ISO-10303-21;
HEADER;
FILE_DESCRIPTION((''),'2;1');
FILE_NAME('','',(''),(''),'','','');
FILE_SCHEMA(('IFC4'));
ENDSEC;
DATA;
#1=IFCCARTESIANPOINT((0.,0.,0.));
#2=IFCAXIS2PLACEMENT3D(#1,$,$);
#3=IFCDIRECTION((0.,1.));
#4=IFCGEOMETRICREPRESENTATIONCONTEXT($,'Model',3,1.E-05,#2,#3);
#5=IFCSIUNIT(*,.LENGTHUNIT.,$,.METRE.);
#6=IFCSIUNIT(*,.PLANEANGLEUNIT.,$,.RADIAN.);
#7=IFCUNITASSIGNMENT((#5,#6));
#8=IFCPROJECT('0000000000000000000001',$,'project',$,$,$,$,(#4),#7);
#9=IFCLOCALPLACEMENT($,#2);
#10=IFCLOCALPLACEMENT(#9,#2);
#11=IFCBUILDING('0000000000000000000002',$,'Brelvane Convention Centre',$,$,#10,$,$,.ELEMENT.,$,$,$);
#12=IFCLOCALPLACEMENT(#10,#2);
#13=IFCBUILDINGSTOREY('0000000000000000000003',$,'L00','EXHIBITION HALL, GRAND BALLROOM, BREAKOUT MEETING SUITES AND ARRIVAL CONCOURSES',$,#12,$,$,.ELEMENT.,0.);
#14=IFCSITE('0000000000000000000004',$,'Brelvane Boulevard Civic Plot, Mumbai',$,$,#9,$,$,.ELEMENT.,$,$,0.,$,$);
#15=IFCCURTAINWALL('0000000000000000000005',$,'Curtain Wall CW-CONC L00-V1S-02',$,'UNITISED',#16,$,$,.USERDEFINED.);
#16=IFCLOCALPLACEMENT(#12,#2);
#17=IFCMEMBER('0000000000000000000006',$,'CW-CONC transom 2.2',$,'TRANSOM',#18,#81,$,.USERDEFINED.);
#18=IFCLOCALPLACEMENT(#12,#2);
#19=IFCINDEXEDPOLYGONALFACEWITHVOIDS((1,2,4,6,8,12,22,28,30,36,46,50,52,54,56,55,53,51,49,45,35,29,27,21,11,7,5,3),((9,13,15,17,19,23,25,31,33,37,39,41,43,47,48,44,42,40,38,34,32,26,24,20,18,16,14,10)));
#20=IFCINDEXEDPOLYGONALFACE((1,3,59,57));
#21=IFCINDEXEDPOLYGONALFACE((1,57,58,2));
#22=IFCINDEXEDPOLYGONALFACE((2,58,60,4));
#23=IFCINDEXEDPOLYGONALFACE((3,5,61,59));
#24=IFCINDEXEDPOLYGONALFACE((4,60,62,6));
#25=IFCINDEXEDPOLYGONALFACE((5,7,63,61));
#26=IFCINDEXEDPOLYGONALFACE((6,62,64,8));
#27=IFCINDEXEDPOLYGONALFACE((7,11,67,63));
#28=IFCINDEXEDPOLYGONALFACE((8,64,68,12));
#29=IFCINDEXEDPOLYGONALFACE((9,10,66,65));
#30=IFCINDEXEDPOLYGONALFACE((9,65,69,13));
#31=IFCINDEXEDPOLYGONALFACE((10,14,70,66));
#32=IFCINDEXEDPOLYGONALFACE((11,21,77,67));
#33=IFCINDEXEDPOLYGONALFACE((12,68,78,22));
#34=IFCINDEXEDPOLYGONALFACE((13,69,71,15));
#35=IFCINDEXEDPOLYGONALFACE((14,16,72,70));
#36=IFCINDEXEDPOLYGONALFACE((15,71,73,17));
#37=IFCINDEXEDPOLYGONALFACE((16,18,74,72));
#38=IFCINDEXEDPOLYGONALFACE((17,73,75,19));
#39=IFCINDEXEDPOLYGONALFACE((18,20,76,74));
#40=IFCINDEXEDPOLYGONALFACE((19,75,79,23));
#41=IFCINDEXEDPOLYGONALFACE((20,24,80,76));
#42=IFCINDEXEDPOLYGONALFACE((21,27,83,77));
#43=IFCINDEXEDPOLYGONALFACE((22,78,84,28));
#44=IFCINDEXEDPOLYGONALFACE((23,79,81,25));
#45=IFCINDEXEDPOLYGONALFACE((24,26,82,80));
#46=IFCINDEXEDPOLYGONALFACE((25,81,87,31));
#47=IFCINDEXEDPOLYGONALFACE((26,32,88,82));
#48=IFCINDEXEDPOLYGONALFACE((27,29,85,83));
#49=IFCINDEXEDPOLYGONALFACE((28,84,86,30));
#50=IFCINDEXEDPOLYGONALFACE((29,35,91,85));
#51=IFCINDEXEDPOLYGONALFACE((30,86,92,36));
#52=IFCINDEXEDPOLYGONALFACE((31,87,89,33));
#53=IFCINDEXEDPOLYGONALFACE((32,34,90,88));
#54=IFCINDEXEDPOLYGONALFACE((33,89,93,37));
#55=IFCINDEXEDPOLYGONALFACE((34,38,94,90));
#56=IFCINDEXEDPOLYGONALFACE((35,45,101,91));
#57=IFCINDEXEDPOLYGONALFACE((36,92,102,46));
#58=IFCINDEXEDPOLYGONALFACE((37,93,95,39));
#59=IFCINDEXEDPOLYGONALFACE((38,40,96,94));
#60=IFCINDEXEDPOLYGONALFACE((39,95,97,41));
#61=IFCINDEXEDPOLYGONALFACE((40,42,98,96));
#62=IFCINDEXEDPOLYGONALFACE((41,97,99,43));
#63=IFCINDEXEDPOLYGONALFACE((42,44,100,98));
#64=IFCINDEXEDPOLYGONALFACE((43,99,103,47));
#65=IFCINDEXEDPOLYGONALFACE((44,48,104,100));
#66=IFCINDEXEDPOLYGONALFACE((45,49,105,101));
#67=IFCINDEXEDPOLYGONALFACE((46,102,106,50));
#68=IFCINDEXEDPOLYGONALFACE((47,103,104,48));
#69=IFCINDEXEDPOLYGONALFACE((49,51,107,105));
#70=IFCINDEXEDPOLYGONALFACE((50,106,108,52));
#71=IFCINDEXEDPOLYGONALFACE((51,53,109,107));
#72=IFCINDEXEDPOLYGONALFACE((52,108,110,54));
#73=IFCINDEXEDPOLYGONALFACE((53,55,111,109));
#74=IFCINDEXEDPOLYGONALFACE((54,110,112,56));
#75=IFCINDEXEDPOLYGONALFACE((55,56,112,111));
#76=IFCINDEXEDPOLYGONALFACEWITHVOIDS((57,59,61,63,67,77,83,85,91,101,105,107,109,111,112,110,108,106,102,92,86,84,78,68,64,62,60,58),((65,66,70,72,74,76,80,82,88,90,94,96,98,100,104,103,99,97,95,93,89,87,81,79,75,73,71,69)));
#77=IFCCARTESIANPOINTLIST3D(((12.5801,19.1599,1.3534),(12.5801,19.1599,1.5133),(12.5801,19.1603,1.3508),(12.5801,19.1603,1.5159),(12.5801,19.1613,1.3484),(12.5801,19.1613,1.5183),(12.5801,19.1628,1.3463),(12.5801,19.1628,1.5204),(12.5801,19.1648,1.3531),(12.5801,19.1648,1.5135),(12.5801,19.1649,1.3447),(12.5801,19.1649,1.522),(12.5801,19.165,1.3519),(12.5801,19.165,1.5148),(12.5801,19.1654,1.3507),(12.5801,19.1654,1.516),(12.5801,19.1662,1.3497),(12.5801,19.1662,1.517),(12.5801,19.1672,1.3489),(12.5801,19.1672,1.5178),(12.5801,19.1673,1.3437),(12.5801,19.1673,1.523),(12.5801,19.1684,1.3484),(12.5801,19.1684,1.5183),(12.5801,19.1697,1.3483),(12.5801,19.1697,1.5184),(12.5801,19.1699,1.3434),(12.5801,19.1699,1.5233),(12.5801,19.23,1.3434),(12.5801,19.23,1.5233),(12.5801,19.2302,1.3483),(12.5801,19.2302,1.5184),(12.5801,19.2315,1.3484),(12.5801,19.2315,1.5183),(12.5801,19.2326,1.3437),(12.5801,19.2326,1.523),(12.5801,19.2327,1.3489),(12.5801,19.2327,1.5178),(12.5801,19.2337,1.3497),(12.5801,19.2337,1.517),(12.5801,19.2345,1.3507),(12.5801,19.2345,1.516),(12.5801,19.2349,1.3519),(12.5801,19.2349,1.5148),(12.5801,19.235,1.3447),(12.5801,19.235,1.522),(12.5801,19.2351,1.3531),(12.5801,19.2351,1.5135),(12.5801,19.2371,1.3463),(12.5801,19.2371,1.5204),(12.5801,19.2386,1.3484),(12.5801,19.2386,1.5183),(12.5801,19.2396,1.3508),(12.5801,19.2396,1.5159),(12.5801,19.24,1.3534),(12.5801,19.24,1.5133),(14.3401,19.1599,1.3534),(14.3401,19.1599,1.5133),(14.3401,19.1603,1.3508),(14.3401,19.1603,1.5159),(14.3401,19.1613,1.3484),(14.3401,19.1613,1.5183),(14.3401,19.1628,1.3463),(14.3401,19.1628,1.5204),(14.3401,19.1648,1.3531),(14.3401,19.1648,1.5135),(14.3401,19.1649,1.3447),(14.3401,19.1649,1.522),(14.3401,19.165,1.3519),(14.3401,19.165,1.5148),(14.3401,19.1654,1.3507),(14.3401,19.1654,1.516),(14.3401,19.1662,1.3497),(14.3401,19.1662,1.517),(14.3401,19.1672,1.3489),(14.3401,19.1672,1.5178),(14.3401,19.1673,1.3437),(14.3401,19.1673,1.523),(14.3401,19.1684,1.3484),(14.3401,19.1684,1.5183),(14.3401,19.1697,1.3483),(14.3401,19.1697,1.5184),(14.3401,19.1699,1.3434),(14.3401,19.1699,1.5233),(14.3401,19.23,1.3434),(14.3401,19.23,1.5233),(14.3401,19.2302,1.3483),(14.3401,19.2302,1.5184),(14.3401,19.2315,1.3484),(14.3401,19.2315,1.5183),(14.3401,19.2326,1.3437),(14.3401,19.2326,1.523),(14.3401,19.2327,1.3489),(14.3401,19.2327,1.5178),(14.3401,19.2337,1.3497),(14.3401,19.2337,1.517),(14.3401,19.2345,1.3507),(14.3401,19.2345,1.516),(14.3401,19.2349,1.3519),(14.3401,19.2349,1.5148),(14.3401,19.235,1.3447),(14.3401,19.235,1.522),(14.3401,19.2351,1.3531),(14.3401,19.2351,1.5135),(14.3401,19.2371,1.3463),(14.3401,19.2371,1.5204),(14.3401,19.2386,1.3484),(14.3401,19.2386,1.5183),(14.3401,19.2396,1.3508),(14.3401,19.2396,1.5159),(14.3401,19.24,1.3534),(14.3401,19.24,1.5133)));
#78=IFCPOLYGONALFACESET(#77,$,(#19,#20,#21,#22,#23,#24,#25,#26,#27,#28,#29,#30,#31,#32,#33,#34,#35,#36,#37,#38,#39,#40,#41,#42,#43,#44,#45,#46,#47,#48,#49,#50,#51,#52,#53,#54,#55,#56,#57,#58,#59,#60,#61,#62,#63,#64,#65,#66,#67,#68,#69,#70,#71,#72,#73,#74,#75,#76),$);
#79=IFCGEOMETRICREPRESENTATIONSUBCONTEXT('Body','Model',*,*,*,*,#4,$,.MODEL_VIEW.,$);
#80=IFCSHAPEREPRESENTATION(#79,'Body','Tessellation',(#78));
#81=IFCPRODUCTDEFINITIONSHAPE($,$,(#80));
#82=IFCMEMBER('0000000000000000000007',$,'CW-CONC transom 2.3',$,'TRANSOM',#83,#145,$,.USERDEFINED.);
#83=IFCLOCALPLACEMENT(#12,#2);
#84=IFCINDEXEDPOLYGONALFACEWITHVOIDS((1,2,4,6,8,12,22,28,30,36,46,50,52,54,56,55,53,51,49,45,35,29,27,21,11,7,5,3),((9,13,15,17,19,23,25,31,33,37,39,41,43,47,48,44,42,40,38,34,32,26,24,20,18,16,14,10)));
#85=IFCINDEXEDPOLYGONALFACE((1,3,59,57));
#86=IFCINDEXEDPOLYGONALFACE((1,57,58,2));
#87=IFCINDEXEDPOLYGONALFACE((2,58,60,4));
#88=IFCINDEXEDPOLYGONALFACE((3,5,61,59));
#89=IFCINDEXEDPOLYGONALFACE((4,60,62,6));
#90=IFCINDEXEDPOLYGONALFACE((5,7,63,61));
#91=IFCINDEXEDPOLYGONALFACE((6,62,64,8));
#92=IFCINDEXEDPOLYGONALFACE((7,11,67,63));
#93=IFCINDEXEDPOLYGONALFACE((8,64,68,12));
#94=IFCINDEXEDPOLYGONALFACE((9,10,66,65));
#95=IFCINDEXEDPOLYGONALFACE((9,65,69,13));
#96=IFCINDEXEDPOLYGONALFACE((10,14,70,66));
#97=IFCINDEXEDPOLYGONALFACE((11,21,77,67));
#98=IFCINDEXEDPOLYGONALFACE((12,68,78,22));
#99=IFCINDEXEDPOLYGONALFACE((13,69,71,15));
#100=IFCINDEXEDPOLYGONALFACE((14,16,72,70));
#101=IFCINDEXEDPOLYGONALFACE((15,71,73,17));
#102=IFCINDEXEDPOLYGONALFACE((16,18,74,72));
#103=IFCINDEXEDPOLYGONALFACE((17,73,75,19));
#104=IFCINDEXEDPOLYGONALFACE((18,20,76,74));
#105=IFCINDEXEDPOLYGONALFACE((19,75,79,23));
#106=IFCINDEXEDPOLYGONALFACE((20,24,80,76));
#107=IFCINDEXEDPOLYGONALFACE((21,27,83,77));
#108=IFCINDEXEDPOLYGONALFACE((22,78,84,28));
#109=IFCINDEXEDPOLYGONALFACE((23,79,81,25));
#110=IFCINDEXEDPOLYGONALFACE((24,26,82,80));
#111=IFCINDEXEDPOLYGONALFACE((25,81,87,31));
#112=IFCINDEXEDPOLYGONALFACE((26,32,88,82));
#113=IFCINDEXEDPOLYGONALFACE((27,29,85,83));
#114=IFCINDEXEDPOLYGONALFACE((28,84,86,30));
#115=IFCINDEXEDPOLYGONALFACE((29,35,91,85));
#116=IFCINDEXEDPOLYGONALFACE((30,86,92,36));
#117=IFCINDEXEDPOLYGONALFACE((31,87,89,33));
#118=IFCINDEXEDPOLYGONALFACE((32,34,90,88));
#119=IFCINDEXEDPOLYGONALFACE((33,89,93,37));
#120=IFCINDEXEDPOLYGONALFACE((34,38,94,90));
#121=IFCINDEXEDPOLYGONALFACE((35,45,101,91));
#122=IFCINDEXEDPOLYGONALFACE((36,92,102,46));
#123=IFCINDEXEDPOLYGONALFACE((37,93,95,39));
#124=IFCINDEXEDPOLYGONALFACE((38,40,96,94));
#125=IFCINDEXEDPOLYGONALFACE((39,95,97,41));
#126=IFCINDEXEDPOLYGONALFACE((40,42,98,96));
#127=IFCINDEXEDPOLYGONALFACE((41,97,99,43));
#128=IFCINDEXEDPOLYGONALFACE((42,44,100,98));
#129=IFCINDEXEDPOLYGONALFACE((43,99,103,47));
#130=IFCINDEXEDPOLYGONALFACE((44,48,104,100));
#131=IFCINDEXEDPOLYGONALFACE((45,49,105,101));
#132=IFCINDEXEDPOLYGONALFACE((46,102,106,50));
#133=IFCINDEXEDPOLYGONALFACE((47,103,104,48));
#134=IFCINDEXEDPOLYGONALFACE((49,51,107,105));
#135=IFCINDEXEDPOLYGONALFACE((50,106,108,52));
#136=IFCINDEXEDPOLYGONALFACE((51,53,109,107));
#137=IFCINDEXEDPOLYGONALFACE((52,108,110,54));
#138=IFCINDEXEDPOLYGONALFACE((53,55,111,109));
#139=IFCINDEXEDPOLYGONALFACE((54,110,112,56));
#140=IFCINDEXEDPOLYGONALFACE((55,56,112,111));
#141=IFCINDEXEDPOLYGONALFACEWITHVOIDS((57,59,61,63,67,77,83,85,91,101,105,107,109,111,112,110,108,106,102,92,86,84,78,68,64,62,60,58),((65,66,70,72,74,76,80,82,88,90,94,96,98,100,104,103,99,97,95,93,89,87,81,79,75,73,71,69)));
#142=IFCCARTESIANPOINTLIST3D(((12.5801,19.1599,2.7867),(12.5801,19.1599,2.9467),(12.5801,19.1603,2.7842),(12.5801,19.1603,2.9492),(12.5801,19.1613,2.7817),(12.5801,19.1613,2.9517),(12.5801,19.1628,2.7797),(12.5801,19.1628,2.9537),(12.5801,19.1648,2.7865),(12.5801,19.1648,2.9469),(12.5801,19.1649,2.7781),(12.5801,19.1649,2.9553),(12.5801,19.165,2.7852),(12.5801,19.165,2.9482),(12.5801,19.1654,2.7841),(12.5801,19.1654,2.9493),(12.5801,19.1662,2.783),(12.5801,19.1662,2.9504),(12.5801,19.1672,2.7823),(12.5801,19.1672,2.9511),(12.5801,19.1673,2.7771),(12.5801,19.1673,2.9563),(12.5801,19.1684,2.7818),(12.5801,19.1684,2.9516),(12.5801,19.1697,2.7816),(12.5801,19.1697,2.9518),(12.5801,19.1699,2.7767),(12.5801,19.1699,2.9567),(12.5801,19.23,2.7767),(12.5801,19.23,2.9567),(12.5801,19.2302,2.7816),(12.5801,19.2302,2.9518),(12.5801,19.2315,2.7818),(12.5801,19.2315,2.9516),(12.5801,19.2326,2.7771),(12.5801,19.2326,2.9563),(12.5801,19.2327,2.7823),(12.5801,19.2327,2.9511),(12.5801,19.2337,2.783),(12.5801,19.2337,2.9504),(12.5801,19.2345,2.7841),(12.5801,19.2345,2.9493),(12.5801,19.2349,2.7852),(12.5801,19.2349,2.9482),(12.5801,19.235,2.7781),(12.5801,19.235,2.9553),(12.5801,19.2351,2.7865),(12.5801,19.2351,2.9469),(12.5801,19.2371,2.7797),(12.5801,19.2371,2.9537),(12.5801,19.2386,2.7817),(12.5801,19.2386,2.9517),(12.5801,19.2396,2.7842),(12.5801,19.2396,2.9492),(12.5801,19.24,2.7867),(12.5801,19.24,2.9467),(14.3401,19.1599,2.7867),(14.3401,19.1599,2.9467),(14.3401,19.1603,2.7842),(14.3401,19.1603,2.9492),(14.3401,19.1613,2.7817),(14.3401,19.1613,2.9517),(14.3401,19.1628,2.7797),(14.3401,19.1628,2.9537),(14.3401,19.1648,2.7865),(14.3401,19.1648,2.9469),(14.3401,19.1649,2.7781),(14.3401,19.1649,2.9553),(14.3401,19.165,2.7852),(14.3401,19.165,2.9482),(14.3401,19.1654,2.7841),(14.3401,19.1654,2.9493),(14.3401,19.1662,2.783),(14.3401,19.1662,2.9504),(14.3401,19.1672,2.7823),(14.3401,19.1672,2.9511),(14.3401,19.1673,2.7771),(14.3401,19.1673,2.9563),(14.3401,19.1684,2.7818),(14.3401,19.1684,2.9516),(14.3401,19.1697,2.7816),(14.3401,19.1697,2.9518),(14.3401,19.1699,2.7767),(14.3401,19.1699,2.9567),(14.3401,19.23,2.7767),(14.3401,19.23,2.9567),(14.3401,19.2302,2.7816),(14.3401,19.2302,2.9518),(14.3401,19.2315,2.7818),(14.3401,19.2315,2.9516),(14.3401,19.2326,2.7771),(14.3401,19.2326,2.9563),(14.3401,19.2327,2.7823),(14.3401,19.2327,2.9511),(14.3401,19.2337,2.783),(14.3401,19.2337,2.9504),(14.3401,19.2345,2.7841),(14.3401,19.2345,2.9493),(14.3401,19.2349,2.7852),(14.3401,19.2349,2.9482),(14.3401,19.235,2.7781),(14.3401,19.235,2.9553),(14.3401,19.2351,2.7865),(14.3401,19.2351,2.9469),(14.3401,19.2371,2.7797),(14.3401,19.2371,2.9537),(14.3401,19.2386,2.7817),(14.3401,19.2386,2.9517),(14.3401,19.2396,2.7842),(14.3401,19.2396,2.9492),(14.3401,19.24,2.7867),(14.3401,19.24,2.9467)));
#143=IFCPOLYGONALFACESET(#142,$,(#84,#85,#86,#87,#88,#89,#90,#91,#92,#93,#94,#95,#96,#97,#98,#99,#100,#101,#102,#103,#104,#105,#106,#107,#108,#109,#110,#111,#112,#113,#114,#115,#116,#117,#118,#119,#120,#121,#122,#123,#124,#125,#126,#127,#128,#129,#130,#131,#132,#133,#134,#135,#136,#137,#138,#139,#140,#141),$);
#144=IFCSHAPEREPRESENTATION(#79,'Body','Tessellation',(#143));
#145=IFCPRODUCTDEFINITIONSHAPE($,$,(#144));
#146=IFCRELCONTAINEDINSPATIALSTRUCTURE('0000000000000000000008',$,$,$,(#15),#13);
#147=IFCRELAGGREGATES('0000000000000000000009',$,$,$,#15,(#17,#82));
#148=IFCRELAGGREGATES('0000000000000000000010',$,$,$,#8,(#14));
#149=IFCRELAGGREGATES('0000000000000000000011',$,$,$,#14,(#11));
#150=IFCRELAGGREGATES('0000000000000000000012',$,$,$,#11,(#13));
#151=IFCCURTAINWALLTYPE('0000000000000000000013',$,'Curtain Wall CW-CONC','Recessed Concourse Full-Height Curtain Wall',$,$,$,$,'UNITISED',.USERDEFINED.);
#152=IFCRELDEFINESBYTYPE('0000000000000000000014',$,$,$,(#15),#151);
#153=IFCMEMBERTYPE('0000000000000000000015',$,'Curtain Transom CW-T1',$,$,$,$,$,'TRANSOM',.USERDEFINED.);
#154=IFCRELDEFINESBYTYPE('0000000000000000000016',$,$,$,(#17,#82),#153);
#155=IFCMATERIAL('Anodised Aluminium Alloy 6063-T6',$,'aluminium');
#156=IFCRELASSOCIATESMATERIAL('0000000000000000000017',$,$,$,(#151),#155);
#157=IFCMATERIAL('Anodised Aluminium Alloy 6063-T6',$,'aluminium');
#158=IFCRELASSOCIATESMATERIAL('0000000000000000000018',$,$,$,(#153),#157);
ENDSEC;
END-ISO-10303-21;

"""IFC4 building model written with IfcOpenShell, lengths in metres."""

from ifc_helpers import new_model, si_unit, direction, frame, origin, origin_2d, place, context, subcontext, project, spatial, hollow_rectangle, extrude, material, material_profile, profile_set, type_object, element, aggregate, save


model = new_model("IFC4")

# Units and contexts
model_context = context("Model", 3, precision=1e-05, world=origin(), true_north=direction((0.0, 1.0)))
body_context = subcontext(model_context, "Body", "Model", "MODEL_VIEW")
ifc_project = project(units=[si_unit("LENGTHUNIT", "METRE"), si_unit("PLANEANGLEUNIT", "RADIAN")], contexts=[model_context])

# Site, building, storey
site_placement = place(None, origin())
site = spatial("IfcSite", under=ifc_project, at=site_placement, Name="Brelvane Boulevard Civic Plot, Mumbai", CompositionType="ELEMENT", RefElevation=0.0)
building_placement = place(site_placement, origin())
building = spatial("IfcBuilding", under=site, at=building_placement, Name="Brelvane Convention Centre", CompositionType="ELEMENT")
storey_placement = place(building_placement, origin())
storey = spatial("IfcBuildingStorey", under=building, at=storey_placement, Name="L00", Description="EXHIBITION HALL, GRAND BALLROOM, BREAKOUT MEETING SUITES AND ARRIVAL CONCOURSES", CompositionType="ELEMENT", Elevation=0.0)

# Curtain wall, members
ifc_material_1 = material(Name="Anodised Aluminium Alloy 6063-T6", Category="aluminium")
curtain_wall_type = type_object("IfcCurtainWallType", Name="Curtain Wall CW-CONC", Description="Recessed Concourse Full-Height Curtain Wall", ElementType="UNITISED", PredefinedType="USERDEFINED", material=ifc_material_1)
curtain_wall_placement = place(storey_placement, origin())
curtain_wall = element("IfcCurtainWall", 1, at=curtain_wall_placement, inside=storey, type_object=curtain_wall_type, Name="Curtain Wall CW-CONC L00-V1S-02", ObjectType="UNITISED", PredefinedType="USERDEFINED")
ifc_material_2 = material(Name="Anodised Aluminium Alloy 6063-T6", Category="aluminium")
ifc_material_profile_1 = material_profile(ifc_material_2, hollow_rectangle(XDim=0.0801, YDim=0.1799, WallThickness=0.0049, InnerFilletRadius=0.0049, OuterFilletRadius=0.01, at=origin_2d()), Name="ALU-T 180x80x5.0")
ifc_profile_set_1 = profile_set([ifc_material_profile_1], Name="Anodised Aluminium Alloy 6063-T6")
member_type_1 = type_object("IfcMemberType", Name="Curtain Transom CW-T1", ElementType="TRANSOM", PredefinedType="USERDEFINED", material=ifc_profile_set_1)
member_1_placement = place(storey_placement, frame((12.5801, 19.2, 1.4333), z_axis=(1.0, 0.0, 0.0), x_axis=(0.0, 1.0, 0.0)))
member_1 = element("IfcMember", 2, at=member_1_placement, type_object=member_type_1, Name="CW-CONC transom 2.2", ObjectType="TRANSOM", PredefinedType="USERDEFINED", context=body_context, shape_type="SweptSolid", body=[
    extrude(hollow_rectangle(XDim=0.0801, YDim=0.1799, WallThickness=0.0049, InnerFilletRadius=0.0049, OuterFilletRadius=0.01, at=origin_2d()), origin(), (0.0, 0.0, 1.0), 1.76),
])
member_2_placement = place(storey_placement, frame((12.5801, 19.2, 2.8667), z_axis=(1.0, 0.0, 0.0), x_axis=(0.0, 1.0, 0.0)))
member_2 = element("IfcMember", 3, at=member_2_placement, type_object=member_type_1, Name="CW-CONC transom 2.3", ObjectType="TRANSOM", PredefinedType="USERDEFINED", context=body_context, shape_type="SweptSolid", body=[
    extrude(hollow_rectangle(XDim=0.0801, YDim=0.1799, WallThickness=0.0049, InnerFilletRadius=0.0049, OuterFilletRadius=0.01, at=origin_2d()), origin(), (0.0, 0.0, 1.0), 1.76),
])

aggregate(curtain_wall, [member_1, member_2])

save(model, "model.ifc")
